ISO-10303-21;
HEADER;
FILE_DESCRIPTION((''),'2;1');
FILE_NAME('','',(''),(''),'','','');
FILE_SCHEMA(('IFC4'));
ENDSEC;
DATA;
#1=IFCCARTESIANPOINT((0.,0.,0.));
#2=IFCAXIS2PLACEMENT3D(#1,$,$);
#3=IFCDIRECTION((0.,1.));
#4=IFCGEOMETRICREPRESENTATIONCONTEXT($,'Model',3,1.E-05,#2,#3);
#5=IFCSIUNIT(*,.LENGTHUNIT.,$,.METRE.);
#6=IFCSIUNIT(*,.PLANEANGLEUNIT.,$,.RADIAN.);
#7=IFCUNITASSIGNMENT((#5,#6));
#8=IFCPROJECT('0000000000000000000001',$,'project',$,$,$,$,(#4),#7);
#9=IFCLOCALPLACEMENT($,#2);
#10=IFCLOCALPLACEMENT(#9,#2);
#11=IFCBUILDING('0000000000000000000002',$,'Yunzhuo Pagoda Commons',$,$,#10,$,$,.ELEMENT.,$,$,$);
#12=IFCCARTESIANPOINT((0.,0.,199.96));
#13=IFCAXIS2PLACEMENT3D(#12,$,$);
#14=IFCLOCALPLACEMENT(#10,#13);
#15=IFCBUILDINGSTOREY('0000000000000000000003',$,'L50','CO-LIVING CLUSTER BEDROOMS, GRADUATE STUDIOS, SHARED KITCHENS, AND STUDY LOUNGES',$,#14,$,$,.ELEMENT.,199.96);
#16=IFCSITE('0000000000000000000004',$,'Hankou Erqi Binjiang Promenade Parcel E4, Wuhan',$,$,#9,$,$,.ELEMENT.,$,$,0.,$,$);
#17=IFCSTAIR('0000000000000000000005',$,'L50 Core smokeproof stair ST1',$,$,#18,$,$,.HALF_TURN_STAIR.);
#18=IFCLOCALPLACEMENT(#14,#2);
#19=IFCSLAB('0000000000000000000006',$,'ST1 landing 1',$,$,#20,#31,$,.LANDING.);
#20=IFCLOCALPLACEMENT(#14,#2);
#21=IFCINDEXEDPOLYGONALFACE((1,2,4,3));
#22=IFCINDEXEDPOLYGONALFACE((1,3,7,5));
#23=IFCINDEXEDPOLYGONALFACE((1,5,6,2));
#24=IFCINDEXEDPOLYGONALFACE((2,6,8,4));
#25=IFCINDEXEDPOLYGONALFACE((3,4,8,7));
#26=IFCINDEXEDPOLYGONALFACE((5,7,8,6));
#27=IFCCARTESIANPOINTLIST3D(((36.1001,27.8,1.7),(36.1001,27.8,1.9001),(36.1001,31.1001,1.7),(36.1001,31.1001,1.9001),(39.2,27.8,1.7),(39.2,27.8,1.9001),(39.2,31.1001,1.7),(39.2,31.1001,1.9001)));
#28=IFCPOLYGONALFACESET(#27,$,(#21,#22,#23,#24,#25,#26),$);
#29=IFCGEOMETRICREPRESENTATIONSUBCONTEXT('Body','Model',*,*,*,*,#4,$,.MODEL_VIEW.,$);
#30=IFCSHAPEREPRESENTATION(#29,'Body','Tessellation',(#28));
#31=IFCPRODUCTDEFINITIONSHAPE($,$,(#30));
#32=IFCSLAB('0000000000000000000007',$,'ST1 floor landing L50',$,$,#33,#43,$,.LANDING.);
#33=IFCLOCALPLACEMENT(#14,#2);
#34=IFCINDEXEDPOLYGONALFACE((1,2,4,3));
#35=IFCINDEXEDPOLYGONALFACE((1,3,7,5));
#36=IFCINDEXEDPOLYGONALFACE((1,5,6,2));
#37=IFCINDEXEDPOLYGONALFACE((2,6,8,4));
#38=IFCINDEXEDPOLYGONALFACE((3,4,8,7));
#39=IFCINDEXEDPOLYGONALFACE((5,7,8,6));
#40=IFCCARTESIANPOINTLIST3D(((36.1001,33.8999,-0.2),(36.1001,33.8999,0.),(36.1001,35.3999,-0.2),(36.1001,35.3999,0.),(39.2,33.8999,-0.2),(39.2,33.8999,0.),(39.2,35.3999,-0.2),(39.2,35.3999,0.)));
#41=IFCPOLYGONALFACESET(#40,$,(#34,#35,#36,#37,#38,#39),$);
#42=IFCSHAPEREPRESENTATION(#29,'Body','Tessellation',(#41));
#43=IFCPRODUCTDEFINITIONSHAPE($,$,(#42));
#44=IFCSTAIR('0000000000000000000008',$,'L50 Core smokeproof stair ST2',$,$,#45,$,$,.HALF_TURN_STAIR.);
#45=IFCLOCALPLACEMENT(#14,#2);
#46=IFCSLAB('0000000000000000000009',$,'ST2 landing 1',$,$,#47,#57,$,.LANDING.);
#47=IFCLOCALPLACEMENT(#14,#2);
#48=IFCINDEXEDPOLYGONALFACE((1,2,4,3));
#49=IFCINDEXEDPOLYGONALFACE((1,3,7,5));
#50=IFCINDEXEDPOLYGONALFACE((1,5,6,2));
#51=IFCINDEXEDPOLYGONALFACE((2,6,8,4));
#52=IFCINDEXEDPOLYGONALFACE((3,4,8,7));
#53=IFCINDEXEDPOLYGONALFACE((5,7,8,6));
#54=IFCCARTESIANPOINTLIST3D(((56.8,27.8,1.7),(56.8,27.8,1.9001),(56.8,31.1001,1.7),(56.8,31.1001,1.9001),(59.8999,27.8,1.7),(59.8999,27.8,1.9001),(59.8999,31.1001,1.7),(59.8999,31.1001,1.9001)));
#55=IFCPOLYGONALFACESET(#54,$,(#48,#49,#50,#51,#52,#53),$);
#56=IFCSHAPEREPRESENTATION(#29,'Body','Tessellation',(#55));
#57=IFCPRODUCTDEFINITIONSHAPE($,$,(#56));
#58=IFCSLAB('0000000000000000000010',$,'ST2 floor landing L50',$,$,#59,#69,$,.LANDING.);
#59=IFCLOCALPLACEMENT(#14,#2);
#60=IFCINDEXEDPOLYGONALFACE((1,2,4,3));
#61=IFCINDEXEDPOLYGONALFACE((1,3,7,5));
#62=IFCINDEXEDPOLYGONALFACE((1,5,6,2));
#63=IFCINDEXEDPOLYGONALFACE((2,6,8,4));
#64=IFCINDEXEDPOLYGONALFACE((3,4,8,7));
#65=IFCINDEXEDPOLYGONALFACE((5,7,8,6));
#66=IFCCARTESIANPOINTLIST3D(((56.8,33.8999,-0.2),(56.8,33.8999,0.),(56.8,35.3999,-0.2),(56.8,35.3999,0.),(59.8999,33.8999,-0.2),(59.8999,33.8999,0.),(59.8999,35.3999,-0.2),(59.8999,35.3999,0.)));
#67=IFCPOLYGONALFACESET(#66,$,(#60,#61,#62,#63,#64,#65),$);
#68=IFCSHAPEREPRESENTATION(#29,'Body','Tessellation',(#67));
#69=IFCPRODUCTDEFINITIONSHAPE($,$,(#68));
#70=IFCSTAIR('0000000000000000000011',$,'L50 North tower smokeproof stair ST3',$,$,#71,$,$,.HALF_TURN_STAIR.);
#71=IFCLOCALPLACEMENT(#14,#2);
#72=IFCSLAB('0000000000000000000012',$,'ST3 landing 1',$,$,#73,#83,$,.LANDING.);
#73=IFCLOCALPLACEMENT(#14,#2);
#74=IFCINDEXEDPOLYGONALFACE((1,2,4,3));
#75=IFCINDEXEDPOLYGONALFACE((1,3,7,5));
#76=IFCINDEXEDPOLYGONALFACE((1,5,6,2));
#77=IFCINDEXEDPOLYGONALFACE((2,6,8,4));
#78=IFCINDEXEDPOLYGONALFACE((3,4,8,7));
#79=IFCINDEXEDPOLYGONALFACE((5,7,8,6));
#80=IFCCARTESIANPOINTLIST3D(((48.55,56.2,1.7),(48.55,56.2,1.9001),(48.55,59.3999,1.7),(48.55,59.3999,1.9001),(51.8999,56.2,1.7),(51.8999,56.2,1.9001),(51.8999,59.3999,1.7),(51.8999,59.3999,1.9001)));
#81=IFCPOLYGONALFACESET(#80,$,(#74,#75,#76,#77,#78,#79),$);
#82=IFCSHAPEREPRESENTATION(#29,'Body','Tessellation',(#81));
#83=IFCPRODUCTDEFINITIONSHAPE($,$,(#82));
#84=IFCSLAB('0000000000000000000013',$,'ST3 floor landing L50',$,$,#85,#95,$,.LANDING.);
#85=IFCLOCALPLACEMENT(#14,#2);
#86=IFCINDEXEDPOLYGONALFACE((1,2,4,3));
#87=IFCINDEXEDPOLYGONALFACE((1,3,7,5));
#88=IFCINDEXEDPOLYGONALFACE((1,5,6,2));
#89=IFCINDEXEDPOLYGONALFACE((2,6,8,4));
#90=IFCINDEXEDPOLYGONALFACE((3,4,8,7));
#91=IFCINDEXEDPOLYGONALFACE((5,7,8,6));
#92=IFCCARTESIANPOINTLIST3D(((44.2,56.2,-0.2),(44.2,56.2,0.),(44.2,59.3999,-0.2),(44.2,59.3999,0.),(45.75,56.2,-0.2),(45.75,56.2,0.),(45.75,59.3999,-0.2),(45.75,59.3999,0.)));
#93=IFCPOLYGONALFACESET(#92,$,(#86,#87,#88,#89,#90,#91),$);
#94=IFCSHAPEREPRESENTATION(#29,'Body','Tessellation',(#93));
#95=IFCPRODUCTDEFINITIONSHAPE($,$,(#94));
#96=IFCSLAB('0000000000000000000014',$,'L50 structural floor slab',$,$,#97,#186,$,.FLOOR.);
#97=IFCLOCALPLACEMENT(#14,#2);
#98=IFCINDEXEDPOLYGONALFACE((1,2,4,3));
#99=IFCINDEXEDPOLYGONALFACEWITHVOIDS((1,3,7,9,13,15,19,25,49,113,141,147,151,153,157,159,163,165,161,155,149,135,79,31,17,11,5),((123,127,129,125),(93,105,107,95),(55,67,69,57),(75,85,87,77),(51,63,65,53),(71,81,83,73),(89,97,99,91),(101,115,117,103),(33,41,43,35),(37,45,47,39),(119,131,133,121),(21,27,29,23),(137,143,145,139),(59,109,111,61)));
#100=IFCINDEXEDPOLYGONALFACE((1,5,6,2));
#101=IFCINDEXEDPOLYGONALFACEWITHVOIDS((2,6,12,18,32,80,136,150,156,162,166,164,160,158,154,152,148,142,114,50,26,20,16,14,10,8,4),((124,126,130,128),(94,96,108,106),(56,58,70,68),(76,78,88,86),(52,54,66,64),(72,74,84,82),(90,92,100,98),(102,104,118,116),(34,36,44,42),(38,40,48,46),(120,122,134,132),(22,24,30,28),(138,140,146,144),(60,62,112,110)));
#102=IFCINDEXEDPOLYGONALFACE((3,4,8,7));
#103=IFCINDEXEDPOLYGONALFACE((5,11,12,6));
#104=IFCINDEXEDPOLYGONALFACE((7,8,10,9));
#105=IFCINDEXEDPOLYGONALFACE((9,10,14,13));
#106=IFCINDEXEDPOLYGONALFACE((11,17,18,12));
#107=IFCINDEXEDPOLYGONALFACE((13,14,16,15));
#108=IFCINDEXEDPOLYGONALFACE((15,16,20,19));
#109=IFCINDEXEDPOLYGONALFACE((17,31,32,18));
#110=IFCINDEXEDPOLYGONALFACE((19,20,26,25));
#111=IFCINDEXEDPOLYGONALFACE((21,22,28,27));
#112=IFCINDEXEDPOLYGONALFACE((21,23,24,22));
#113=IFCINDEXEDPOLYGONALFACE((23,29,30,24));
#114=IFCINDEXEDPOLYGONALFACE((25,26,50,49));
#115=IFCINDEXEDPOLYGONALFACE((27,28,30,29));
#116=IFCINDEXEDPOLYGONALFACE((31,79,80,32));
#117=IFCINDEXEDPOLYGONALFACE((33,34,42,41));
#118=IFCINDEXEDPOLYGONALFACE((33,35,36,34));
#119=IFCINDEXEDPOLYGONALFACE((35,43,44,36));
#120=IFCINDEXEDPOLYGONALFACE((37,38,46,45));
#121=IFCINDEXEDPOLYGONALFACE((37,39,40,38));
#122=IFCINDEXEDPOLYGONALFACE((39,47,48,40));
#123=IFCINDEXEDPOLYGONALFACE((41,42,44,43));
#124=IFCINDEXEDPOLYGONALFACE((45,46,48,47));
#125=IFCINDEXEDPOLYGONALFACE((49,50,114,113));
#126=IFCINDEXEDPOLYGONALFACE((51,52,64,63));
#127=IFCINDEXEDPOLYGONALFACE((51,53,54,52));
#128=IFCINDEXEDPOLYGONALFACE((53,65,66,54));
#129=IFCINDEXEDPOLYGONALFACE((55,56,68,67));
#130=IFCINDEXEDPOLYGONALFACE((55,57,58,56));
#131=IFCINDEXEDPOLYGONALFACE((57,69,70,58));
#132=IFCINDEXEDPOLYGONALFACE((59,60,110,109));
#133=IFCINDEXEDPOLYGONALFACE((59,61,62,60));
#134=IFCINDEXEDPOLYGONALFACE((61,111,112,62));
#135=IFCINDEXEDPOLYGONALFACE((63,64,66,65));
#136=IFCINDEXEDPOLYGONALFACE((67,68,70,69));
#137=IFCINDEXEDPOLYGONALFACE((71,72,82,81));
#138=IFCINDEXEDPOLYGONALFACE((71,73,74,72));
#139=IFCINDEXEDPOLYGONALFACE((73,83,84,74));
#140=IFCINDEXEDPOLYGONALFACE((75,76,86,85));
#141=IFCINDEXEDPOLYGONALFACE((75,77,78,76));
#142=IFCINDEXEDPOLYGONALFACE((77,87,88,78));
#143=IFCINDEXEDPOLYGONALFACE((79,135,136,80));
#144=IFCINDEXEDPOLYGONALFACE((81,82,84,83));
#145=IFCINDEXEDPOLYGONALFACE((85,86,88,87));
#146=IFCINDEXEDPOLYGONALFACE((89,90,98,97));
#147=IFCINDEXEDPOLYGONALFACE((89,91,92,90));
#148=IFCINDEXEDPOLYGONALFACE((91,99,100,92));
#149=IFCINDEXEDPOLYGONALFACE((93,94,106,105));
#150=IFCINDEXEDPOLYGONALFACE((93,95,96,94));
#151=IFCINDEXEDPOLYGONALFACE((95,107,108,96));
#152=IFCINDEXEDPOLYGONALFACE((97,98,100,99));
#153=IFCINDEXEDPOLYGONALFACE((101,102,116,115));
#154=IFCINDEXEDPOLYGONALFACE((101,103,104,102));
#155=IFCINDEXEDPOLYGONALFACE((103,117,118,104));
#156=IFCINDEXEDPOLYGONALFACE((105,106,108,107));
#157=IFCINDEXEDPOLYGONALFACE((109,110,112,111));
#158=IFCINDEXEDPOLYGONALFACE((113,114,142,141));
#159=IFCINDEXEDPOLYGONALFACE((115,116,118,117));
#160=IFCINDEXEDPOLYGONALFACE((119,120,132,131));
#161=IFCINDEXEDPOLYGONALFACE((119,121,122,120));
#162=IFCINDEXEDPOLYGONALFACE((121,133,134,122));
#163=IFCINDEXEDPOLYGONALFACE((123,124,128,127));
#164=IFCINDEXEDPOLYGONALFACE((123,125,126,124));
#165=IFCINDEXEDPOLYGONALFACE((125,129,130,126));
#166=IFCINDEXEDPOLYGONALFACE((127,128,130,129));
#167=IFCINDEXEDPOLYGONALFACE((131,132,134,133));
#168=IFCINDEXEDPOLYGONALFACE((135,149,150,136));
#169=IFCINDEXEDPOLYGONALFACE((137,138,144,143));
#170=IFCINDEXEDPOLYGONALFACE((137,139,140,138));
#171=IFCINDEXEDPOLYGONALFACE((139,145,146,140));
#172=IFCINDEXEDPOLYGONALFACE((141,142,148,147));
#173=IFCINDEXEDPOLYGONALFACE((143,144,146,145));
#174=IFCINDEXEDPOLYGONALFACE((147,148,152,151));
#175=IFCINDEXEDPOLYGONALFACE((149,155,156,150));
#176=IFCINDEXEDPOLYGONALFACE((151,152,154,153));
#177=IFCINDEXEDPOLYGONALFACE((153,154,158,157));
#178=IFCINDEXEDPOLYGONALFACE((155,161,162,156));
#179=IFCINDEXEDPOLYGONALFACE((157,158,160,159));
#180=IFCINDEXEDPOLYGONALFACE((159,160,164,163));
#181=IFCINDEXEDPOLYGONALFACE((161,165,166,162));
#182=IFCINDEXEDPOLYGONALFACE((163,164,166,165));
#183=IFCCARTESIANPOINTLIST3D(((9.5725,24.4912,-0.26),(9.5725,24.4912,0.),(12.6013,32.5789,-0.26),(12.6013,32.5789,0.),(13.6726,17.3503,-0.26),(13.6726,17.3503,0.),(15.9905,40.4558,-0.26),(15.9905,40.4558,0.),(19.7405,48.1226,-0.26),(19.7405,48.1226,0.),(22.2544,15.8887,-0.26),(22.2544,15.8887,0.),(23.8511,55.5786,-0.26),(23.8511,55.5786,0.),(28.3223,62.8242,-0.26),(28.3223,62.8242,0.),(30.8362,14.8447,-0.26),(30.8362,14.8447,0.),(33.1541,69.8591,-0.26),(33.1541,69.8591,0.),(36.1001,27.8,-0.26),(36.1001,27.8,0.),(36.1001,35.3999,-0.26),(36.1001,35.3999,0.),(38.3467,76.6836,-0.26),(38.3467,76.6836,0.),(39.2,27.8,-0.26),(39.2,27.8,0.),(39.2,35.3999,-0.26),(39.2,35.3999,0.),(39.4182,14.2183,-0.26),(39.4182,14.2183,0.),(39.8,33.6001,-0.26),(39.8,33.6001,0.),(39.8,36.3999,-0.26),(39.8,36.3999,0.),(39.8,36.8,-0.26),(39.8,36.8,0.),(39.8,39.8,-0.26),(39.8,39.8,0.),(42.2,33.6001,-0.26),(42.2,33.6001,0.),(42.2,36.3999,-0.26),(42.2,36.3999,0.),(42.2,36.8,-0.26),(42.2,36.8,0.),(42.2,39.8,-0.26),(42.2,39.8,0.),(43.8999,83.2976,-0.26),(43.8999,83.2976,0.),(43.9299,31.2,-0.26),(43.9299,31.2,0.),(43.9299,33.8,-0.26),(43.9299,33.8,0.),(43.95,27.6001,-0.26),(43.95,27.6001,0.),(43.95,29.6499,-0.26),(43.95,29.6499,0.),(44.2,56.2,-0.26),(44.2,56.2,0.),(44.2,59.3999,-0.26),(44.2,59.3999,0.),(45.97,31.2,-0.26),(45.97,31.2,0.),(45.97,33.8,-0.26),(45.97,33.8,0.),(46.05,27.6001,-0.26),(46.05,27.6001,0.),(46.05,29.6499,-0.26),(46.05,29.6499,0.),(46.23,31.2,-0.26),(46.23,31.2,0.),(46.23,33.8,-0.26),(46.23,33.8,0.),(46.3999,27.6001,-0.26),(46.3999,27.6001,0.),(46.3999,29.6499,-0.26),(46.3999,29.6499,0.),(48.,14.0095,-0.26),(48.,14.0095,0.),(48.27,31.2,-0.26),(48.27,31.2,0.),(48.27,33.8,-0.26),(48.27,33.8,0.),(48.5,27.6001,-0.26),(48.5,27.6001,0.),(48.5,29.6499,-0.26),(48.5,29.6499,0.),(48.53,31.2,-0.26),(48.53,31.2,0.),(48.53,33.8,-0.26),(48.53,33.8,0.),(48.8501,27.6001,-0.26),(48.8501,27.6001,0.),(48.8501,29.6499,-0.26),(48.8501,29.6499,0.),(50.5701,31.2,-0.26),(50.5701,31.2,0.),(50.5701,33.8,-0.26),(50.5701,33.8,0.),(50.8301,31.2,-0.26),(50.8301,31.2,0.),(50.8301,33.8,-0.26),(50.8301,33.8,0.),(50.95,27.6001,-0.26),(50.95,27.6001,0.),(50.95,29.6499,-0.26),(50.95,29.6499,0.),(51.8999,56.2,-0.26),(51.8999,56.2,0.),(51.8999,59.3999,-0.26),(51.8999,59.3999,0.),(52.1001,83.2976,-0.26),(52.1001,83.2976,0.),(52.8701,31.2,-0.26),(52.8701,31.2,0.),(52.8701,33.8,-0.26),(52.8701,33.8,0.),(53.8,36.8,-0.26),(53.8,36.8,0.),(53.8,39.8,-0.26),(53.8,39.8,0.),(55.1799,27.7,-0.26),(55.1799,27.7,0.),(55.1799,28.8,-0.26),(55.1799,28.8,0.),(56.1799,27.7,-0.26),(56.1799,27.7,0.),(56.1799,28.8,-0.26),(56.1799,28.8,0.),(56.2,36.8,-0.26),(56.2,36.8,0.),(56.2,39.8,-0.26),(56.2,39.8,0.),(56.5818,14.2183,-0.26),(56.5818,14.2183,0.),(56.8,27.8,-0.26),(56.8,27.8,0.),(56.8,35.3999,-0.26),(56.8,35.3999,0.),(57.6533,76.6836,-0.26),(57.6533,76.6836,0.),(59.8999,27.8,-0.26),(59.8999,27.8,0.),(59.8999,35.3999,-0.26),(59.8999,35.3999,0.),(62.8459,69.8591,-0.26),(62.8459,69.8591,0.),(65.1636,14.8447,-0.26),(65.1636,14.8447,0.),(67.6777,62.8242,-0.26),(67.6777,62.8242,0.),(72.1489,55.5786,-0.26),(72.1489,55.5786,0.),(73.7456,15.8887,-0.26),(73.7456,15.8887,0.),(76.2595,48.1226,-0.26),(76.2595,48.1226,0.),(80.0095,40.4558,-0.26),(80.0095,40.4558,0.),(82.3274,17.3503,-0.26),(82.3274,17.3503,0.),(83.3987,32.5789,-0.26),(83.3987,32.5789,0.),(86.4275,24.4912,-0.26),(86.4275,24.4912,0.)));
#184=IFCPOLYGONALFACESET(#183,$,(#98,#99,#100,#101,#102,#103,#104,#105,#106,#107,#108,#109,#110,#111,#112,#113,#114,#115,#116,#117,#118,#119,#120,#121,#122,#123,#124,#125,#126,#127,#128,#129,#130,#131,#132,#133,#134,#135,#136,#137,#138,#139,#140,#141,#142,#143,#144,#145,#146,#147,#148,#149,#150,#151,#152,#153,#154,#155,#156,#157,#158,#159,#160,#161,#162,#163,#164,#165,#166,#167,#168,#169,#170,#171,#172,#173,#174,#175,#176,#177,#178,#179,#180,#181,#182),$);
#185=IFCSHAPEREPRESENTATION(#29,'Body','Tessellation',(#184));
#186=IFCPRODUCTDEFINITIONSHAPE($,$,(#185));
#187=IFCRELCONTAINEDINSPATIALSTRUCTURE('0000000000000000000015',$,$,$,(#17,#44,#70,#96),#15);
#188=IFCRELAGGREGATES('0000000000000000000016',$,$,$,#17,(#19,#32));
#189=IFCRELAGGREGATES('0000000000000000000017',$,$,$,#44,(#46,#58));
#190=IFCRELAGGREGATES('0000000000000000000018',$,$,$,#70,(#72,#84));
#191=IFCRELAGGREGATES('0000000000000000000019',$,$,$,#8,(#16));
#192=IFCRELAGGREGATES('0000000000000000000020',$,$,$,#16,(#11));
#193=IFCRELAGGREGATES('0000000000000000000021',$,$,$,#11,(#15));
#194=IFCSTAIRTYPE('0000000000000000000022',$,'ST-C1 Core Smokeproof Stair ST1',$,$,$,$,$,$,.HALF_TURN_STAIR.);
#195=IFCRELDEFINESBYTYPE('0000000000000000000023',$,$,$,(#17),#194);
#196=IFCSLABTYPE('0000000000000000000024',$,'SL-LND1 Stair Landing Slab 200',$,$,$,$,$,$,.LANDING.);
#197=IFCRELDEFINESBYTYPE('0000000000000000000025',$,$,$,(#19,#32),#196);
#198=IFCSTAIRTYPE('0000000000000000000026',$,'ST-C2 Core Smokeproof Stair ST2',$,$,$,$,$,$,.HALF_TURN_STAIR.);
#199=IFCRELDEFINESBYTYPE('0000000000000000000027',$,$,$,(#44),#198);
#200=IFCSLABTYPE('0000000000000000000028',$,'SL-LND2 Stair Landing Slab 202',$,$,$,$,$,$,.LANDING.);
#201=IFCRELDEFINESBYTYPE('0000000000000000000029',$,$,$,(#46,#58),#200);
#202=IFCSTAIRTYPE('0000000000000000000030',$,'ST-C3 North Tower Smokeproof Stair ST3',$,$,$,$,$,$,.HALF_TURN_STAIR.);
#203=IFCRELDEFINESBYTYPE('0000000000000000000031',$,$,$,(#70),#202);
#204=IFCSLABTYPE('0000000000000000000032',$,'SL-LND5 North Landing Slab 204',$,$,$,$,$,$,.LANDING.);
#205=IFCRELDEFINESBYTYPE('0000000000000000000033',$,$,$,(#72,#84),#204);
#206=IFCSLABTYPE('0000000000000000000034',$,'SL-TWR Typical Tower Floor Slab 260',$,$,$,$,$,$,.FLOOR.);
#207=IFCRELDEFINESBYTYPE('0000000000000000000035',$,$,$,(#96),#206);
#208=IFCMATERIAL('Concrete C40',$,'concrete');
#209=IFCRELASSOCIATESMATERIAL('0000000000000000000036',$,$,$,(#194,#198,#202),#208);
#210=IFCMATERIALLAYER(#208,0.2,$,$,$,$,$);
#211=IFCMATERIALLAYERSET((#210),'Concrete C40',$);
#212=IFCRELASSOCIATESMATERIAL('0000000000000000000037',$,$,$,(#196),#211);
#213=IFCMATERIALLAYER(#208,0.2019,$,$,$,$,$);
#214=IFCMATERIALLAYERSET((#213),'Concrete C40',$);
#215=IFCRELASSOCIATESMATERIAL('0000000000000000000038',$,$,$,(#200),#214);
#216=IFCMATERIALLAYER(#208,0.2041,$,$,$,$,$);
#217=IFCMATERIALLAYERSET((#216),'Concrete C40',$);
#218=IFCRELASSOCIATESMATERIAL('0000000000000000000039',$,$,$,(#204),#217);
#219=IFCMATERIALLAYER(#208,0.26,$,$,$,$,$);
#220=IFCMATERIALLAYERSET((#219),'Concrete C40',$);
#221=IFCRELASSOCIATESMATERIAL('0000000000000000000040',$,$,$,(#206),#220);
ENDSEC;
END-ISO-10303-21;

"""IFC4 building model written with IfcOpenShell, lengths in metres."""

from ifc_helpers import new_model, si_unit, direction, frame, origin, place, context, subcontext, project, spatial, polyline, outline, extrude, material, layer, layer_set, type_object, element, aggregate, save


model = new_model("IFC4")

# Units and contexts
model_context = context("Model", 3, precision=1e-05, world=origin(), true_north=direction((0.0, 1.0)))
body_context = subcontext(model_context, "Body", "Model", "MODEL_VIEW")
ifc_project = project(units=[si_unit("LENGTHUNIT", "METRE"), si_unit("PLANEANGLEUNIT", "RADIAN")], contexts=[model_context])

# Site, building, storey
site_placement = place(None, origin())
site = spatial("IfcSite", under=ifc_project, at=site_placement, Name="Hankou Erqi Binjiang Promenade Parcel E4, Wuhan", CompositionType="ELEMENT", RefElevation=0.0)
building_placement = place(site_placement, origin())
building = spatial("IfcBuilding", under=site, at=building_placement, Name="Yunzhuo Pagoda Commons", CompositionType="ELEMENT")
storey_placement = place(building_placement, frame((0.0, 0.0, 199.96)))
storey = spatial("IfcBuildingStorey", under=building, at=storey_placement, Name="L50", Description="CO-LIVING CLUSTER BEDROOMS, GRADUATE STUDIOS, SHARED KITCHENS, AND STUDY LOUNGES", CompositionType="ELEMENT", Elevation=199.96)

# Shared definitions
ifc_material_1 = material(Name="Concrete C40", Category="concrete")

# Stairs, slabs
stair_type_1 = type_object("IfcStairType", Name="ST-C1 Core Smokeproof Stair ST1", PredefinedType="HALF_TURN_STAIR", material=ifc_material_1)
stair_1_placement = place(storey_placement, origin())
stair_1 = element("IfcStair", 1, at=stair_1_placement, inside=storey, type_object=stair_type_1, Name="L50 Core smokeproof stair ST1", PredefinedType="HALF_TURN_STAIR")
ifc_layer_1 = layer(ifc_material_1, 0.2)
ifc_layer_set_1 = layer_set([ifc_layer_1], Name="Concrete C40")
slab_type_1 = type_object("IfcSlabType", Name="SL-LND1 Stair Landing Slab 200", PredefinedType="LANDING", material=ifc_layer_set_1)
slab_1_placement = place(storey_placement, frame((0.0, 0.0, 1.7)))
slab_1 = element("IfcSlab", 2, at=slab_1_placement, type_object=slab_type_1, Name="ST1 landing 1", PredefinedType="LANDING", context=body_context, shape_type="SweptSolid", body=[
    extrude(outline(polyline([(36.1001, 31.1001), (36.1001, 27.8), (39.2, 27.8), (39.2, 31.1001), (36.1001, 31.1001)])), origin(), (0.0, 0.0, 1.0), 0.2002),
])
slab_2_placement = place(storey_placement, frame((0.0, 0.0, -0.2)))
slab_2 = element("IfcSlab", 3, at=slab_2_placement, type_object=slab_type_1, Name="ST1 floor landing L50", PredefinedType="LANDING", context=body_context, shape_type="SweptSolid", body=[
    extrude(outline(polyline([(36.1001, 35.3999), (36.1001, 33.8999), (39.2, 33.8999), (39.2, 35.3999), (36.1001, 35.3999)])), origin(), (0.0, 0.0, 1.0), 0.2),
])
aggregate(stair_1, [slab_1, slab_2])
stair_type_2 = type_object("IfcStairType", Name="ST-C2 Core Smokeproof Stair ST2", PredefinedType="HALF_TURN_STAIR", material=ifc_material_1)
stair_2_placement = place(storey_placement, origin())
stair_2 = element("IfcStair", 4, at=stair_2_placement, inside=storey, type_object=stair_type_2, Name="L50 Core smokeproof stair ST2", PredefinedType="HALF_TURN_STAIR")
ifc_layer_2 = layer(ifc_material_1, 0.2019)
ifc_layer_set_2 = layer_set([ifc_layer_2], Name="Concrete C40")
slab_type_2 = type_object("IfcSlabType", Name="SL-LND2 Stair Landing Slab 202", PredefinedType="LANDING", material=ifc_layer_set_2)
slab_3_placement = place(storey_placement, frame((0.0, 0.0, 1.7)))
slab_3 = element("IfcSlab", 5, at=slab_3_placement, type_object=slab_type_2, Name="ST2 landing 1", PredefinedType="LANDING", context=body_context, shape_type="SweptSolid", body=[
    extrude(outline(polyline([(56.8, 31.1001), (56.8, 27.8), (59.8999, 27.8), (59.8999, 31.1001), (56.8, 31.1001)])), origin(), (0.0, 0.0, 1.0), 0.2002),
])
slab_4_placement = place(storey_placement, frame((0.0, 0.0, -0.2)))
slab_4 = element("IfcSlab", 6, at=slab_4_placement, type_object=slab_type_2, Name="ST2 floor landing L50", PredefinedType="LANDING", context=body_context, shape_type="SweptSolid", body=[
    extrude(outline(polyline([(56.8, 35.3999), (56.8, 33.8999), (59.8999, 33.8999), (59.8999, 35.3999), (56.8, 35.3999)])), origin(), (0.0, 0.0, 1.0), 0.2),
])
aggregate(stair_2, [slab_3, slab_4])
stair_type_3 = type_object("IfcStairType", Name="ST-C3 North Tower Smokeproof Stair ST3", PredefinedType="HALF_TURN_STAIR", material=ifc_material_1)
stair_3_placement = place(storey_placement, origin())
stair_3 = element("IfcStair", 7, at=stair_3_placement, inside=storey, type_object=stair_type_3, Name="L50 North tower smokeproof stair ST3", PredefinedType="HALF_TURN_STAIR")
ifc_layer_3 = layer(ifc_material_1, 0.2041)
ifc_layer_set_3 = layer_set([ifc_layer_3], Name="Concrete C40")
slab_type_3 = type_object("IfcSlabType", Name="SL-LND5 North Landing Slab 204", PredefinedType="LANDING", material=ifc_layer_set_3)
slab_5_placement = place(storey_placement, frame((0.0, 0.0, 1.7)))
slab_5 = element("IfcSlab", 8, at=slab_5_placement, type_object=slab_type_3, Name="ST3 landing 1", PredefinedType="LANDING", context=body_context, shape_type="SweptSolid", body=[
    extrude(outline(polyline([(48.55, 56.2), (51.8999, 56.2), (51.8999, 59.3999), (48.55, 59.3999), (48.55, 56.2)])), origin(), (0.0, 0.0, 1.0), 0.2002),
])
slab_6_placement = place(storey_placement, frame((0.0, 0.0, -0.2)))
slab_6 = element("IfcSlab", 9, at=slab_6_placement, type_object=slab_type_3, Name="ST3 floor landing L50", PredefinedType="LANDING", context=body_context, shape_type="SweptSolid", body=[
    extrude(outline(polyline([(44.2, 56.2), (45.75, 56.2), (45.75, 59.3999), (44.2, 59.3999), (44.2, 56.2)])), origin(), (0.0, 0.0, 1.0), 0.2),
])
aggregate(stair_3, [slab_5, slab_6])

# Slab
ifc_layer_4 = layer(ifc_material_1, 0.26)
ifc_layer_set_4 = layer_set([ifc_layer_4], Name="Concrete C40")
slab_type_4 = type_object("IfcSlabType", Name="SL-TWR Typical Tower Floor Slab 260", PredefinedType="FLOOR", material=ifc_layer_set_4)
slab_7_placement = place(storey_placement, frame((0.0, 0.0, -0.26)))
element("IfcSlab", 10, at=slab_7_placement, inside=storey, type_object=slab_type_4, Name="L50 structural floor slab", PredefinedType="FLOOR", context=body_context, shape_type="SweptSolid", body=[
    extrude(outline(polyline([(12.6013, 32.5789), (15.9905, 40.4558), (19.7405, 48.1226), (23.8511, 55.5786), (28.3223, 62.8242), (33.1541, 69.8591), (38.3467, 76.6836), (43.8999, 83.2976), (52.1001, 83.2976), (57.6533, 76.6836), (62.8459, 69.8591), (67.6777, 62.8242), (72.1489, 55.5786), (76.2595, 48.1226), (80.0095, 40.4558), (83.3987, 32.5789), (86.4275, 24.4912), (82.3274, 17.3503), (73.7456, 15.8887), (65.1636, 14.8447), (56.5818, 14.2183), (48.0, 14.0095), (39.4182, 14.2183), (30.8362, 14.8447), (22.2544, 15.8887), (13.6726, 17.3503), (9.5725, 24.4912), (12.6013, 32.5789)]), holes=[polyline([(46.05, 29.6499), (43.95, 29.6499), (43.95, 27.6001), (46.05, 27.6001), (46.05, 29.6499)]), polyline([(48.5, 27.6001), (48.5, 29.6499), (46.3999, 29.6499), (46.3999, 27.6001), (48.5, 27.6001)]), polyline([(36.1001, 27.8), (39.2, 27.8), (39.2, 35.3999), (36.1001, 35.3999), (36.1001, 27.8)]), polyline([(45.97, 31.2), (45.97, 33.8), (43.9299, 33.8), (43.9299, 31.2), (45.97, 31.2)]), polyline([(48.27, 31.2), (48.27, 33.8), (46.23, 33.8), (46.23, 31.2), (48.27, 31.2)]), polyline([(42.2, 33.6001), (42.2, 36.3999), (39.8, 36.3999), (39.8, 33.6001), (42.2, 33.6001)]), polyline([(42.2, 36.8), (42.2, 39.8), (39.8, 39.8), (39.8, 36.8), (42.2, 36.8)]), polyline([(56.1799, 28.8), (55.1799, 28.8), (55.1799, 27.7), (56.1799, 27.7), (56.1799, 28.8)]), polyline([(50.95, 27.6001), (50.95, 29.6499), (48.8501, 29.6499), (48.8501, 27.6001), (50.95, 27.6001)]), polyline([(56.8, 27.8), (59.8999, 27.8), (59.8999, 35.3999), (56.8, 35.3999), (56.8, 27.8)]), polyline([(50.5701, 31.2), (50.5701, 33.8), (48.53, 33.8), (48.53, 31.2), (50.5701, 31.2)]), polyline([(52.8701, 31.2), (52.8701, 33.8), (50.8301, 33.8), (50.8301, 31.2), (52.8701, 31.2)]), polyline([(56.2, 36.8), (56.2, 39.8), (53.8, 39.8), (53.8, 36.8), (56.2, 36.8)]), polyline([(51.8999, 56.2), (51.8999, 59.3999), (44.2, 59.3999), (44.2, 56.2), (51.8999, 56.2)])]), origin(), (0.0, 0.0, 1.0), 0.26),
])

save(model, "model.ifc")
